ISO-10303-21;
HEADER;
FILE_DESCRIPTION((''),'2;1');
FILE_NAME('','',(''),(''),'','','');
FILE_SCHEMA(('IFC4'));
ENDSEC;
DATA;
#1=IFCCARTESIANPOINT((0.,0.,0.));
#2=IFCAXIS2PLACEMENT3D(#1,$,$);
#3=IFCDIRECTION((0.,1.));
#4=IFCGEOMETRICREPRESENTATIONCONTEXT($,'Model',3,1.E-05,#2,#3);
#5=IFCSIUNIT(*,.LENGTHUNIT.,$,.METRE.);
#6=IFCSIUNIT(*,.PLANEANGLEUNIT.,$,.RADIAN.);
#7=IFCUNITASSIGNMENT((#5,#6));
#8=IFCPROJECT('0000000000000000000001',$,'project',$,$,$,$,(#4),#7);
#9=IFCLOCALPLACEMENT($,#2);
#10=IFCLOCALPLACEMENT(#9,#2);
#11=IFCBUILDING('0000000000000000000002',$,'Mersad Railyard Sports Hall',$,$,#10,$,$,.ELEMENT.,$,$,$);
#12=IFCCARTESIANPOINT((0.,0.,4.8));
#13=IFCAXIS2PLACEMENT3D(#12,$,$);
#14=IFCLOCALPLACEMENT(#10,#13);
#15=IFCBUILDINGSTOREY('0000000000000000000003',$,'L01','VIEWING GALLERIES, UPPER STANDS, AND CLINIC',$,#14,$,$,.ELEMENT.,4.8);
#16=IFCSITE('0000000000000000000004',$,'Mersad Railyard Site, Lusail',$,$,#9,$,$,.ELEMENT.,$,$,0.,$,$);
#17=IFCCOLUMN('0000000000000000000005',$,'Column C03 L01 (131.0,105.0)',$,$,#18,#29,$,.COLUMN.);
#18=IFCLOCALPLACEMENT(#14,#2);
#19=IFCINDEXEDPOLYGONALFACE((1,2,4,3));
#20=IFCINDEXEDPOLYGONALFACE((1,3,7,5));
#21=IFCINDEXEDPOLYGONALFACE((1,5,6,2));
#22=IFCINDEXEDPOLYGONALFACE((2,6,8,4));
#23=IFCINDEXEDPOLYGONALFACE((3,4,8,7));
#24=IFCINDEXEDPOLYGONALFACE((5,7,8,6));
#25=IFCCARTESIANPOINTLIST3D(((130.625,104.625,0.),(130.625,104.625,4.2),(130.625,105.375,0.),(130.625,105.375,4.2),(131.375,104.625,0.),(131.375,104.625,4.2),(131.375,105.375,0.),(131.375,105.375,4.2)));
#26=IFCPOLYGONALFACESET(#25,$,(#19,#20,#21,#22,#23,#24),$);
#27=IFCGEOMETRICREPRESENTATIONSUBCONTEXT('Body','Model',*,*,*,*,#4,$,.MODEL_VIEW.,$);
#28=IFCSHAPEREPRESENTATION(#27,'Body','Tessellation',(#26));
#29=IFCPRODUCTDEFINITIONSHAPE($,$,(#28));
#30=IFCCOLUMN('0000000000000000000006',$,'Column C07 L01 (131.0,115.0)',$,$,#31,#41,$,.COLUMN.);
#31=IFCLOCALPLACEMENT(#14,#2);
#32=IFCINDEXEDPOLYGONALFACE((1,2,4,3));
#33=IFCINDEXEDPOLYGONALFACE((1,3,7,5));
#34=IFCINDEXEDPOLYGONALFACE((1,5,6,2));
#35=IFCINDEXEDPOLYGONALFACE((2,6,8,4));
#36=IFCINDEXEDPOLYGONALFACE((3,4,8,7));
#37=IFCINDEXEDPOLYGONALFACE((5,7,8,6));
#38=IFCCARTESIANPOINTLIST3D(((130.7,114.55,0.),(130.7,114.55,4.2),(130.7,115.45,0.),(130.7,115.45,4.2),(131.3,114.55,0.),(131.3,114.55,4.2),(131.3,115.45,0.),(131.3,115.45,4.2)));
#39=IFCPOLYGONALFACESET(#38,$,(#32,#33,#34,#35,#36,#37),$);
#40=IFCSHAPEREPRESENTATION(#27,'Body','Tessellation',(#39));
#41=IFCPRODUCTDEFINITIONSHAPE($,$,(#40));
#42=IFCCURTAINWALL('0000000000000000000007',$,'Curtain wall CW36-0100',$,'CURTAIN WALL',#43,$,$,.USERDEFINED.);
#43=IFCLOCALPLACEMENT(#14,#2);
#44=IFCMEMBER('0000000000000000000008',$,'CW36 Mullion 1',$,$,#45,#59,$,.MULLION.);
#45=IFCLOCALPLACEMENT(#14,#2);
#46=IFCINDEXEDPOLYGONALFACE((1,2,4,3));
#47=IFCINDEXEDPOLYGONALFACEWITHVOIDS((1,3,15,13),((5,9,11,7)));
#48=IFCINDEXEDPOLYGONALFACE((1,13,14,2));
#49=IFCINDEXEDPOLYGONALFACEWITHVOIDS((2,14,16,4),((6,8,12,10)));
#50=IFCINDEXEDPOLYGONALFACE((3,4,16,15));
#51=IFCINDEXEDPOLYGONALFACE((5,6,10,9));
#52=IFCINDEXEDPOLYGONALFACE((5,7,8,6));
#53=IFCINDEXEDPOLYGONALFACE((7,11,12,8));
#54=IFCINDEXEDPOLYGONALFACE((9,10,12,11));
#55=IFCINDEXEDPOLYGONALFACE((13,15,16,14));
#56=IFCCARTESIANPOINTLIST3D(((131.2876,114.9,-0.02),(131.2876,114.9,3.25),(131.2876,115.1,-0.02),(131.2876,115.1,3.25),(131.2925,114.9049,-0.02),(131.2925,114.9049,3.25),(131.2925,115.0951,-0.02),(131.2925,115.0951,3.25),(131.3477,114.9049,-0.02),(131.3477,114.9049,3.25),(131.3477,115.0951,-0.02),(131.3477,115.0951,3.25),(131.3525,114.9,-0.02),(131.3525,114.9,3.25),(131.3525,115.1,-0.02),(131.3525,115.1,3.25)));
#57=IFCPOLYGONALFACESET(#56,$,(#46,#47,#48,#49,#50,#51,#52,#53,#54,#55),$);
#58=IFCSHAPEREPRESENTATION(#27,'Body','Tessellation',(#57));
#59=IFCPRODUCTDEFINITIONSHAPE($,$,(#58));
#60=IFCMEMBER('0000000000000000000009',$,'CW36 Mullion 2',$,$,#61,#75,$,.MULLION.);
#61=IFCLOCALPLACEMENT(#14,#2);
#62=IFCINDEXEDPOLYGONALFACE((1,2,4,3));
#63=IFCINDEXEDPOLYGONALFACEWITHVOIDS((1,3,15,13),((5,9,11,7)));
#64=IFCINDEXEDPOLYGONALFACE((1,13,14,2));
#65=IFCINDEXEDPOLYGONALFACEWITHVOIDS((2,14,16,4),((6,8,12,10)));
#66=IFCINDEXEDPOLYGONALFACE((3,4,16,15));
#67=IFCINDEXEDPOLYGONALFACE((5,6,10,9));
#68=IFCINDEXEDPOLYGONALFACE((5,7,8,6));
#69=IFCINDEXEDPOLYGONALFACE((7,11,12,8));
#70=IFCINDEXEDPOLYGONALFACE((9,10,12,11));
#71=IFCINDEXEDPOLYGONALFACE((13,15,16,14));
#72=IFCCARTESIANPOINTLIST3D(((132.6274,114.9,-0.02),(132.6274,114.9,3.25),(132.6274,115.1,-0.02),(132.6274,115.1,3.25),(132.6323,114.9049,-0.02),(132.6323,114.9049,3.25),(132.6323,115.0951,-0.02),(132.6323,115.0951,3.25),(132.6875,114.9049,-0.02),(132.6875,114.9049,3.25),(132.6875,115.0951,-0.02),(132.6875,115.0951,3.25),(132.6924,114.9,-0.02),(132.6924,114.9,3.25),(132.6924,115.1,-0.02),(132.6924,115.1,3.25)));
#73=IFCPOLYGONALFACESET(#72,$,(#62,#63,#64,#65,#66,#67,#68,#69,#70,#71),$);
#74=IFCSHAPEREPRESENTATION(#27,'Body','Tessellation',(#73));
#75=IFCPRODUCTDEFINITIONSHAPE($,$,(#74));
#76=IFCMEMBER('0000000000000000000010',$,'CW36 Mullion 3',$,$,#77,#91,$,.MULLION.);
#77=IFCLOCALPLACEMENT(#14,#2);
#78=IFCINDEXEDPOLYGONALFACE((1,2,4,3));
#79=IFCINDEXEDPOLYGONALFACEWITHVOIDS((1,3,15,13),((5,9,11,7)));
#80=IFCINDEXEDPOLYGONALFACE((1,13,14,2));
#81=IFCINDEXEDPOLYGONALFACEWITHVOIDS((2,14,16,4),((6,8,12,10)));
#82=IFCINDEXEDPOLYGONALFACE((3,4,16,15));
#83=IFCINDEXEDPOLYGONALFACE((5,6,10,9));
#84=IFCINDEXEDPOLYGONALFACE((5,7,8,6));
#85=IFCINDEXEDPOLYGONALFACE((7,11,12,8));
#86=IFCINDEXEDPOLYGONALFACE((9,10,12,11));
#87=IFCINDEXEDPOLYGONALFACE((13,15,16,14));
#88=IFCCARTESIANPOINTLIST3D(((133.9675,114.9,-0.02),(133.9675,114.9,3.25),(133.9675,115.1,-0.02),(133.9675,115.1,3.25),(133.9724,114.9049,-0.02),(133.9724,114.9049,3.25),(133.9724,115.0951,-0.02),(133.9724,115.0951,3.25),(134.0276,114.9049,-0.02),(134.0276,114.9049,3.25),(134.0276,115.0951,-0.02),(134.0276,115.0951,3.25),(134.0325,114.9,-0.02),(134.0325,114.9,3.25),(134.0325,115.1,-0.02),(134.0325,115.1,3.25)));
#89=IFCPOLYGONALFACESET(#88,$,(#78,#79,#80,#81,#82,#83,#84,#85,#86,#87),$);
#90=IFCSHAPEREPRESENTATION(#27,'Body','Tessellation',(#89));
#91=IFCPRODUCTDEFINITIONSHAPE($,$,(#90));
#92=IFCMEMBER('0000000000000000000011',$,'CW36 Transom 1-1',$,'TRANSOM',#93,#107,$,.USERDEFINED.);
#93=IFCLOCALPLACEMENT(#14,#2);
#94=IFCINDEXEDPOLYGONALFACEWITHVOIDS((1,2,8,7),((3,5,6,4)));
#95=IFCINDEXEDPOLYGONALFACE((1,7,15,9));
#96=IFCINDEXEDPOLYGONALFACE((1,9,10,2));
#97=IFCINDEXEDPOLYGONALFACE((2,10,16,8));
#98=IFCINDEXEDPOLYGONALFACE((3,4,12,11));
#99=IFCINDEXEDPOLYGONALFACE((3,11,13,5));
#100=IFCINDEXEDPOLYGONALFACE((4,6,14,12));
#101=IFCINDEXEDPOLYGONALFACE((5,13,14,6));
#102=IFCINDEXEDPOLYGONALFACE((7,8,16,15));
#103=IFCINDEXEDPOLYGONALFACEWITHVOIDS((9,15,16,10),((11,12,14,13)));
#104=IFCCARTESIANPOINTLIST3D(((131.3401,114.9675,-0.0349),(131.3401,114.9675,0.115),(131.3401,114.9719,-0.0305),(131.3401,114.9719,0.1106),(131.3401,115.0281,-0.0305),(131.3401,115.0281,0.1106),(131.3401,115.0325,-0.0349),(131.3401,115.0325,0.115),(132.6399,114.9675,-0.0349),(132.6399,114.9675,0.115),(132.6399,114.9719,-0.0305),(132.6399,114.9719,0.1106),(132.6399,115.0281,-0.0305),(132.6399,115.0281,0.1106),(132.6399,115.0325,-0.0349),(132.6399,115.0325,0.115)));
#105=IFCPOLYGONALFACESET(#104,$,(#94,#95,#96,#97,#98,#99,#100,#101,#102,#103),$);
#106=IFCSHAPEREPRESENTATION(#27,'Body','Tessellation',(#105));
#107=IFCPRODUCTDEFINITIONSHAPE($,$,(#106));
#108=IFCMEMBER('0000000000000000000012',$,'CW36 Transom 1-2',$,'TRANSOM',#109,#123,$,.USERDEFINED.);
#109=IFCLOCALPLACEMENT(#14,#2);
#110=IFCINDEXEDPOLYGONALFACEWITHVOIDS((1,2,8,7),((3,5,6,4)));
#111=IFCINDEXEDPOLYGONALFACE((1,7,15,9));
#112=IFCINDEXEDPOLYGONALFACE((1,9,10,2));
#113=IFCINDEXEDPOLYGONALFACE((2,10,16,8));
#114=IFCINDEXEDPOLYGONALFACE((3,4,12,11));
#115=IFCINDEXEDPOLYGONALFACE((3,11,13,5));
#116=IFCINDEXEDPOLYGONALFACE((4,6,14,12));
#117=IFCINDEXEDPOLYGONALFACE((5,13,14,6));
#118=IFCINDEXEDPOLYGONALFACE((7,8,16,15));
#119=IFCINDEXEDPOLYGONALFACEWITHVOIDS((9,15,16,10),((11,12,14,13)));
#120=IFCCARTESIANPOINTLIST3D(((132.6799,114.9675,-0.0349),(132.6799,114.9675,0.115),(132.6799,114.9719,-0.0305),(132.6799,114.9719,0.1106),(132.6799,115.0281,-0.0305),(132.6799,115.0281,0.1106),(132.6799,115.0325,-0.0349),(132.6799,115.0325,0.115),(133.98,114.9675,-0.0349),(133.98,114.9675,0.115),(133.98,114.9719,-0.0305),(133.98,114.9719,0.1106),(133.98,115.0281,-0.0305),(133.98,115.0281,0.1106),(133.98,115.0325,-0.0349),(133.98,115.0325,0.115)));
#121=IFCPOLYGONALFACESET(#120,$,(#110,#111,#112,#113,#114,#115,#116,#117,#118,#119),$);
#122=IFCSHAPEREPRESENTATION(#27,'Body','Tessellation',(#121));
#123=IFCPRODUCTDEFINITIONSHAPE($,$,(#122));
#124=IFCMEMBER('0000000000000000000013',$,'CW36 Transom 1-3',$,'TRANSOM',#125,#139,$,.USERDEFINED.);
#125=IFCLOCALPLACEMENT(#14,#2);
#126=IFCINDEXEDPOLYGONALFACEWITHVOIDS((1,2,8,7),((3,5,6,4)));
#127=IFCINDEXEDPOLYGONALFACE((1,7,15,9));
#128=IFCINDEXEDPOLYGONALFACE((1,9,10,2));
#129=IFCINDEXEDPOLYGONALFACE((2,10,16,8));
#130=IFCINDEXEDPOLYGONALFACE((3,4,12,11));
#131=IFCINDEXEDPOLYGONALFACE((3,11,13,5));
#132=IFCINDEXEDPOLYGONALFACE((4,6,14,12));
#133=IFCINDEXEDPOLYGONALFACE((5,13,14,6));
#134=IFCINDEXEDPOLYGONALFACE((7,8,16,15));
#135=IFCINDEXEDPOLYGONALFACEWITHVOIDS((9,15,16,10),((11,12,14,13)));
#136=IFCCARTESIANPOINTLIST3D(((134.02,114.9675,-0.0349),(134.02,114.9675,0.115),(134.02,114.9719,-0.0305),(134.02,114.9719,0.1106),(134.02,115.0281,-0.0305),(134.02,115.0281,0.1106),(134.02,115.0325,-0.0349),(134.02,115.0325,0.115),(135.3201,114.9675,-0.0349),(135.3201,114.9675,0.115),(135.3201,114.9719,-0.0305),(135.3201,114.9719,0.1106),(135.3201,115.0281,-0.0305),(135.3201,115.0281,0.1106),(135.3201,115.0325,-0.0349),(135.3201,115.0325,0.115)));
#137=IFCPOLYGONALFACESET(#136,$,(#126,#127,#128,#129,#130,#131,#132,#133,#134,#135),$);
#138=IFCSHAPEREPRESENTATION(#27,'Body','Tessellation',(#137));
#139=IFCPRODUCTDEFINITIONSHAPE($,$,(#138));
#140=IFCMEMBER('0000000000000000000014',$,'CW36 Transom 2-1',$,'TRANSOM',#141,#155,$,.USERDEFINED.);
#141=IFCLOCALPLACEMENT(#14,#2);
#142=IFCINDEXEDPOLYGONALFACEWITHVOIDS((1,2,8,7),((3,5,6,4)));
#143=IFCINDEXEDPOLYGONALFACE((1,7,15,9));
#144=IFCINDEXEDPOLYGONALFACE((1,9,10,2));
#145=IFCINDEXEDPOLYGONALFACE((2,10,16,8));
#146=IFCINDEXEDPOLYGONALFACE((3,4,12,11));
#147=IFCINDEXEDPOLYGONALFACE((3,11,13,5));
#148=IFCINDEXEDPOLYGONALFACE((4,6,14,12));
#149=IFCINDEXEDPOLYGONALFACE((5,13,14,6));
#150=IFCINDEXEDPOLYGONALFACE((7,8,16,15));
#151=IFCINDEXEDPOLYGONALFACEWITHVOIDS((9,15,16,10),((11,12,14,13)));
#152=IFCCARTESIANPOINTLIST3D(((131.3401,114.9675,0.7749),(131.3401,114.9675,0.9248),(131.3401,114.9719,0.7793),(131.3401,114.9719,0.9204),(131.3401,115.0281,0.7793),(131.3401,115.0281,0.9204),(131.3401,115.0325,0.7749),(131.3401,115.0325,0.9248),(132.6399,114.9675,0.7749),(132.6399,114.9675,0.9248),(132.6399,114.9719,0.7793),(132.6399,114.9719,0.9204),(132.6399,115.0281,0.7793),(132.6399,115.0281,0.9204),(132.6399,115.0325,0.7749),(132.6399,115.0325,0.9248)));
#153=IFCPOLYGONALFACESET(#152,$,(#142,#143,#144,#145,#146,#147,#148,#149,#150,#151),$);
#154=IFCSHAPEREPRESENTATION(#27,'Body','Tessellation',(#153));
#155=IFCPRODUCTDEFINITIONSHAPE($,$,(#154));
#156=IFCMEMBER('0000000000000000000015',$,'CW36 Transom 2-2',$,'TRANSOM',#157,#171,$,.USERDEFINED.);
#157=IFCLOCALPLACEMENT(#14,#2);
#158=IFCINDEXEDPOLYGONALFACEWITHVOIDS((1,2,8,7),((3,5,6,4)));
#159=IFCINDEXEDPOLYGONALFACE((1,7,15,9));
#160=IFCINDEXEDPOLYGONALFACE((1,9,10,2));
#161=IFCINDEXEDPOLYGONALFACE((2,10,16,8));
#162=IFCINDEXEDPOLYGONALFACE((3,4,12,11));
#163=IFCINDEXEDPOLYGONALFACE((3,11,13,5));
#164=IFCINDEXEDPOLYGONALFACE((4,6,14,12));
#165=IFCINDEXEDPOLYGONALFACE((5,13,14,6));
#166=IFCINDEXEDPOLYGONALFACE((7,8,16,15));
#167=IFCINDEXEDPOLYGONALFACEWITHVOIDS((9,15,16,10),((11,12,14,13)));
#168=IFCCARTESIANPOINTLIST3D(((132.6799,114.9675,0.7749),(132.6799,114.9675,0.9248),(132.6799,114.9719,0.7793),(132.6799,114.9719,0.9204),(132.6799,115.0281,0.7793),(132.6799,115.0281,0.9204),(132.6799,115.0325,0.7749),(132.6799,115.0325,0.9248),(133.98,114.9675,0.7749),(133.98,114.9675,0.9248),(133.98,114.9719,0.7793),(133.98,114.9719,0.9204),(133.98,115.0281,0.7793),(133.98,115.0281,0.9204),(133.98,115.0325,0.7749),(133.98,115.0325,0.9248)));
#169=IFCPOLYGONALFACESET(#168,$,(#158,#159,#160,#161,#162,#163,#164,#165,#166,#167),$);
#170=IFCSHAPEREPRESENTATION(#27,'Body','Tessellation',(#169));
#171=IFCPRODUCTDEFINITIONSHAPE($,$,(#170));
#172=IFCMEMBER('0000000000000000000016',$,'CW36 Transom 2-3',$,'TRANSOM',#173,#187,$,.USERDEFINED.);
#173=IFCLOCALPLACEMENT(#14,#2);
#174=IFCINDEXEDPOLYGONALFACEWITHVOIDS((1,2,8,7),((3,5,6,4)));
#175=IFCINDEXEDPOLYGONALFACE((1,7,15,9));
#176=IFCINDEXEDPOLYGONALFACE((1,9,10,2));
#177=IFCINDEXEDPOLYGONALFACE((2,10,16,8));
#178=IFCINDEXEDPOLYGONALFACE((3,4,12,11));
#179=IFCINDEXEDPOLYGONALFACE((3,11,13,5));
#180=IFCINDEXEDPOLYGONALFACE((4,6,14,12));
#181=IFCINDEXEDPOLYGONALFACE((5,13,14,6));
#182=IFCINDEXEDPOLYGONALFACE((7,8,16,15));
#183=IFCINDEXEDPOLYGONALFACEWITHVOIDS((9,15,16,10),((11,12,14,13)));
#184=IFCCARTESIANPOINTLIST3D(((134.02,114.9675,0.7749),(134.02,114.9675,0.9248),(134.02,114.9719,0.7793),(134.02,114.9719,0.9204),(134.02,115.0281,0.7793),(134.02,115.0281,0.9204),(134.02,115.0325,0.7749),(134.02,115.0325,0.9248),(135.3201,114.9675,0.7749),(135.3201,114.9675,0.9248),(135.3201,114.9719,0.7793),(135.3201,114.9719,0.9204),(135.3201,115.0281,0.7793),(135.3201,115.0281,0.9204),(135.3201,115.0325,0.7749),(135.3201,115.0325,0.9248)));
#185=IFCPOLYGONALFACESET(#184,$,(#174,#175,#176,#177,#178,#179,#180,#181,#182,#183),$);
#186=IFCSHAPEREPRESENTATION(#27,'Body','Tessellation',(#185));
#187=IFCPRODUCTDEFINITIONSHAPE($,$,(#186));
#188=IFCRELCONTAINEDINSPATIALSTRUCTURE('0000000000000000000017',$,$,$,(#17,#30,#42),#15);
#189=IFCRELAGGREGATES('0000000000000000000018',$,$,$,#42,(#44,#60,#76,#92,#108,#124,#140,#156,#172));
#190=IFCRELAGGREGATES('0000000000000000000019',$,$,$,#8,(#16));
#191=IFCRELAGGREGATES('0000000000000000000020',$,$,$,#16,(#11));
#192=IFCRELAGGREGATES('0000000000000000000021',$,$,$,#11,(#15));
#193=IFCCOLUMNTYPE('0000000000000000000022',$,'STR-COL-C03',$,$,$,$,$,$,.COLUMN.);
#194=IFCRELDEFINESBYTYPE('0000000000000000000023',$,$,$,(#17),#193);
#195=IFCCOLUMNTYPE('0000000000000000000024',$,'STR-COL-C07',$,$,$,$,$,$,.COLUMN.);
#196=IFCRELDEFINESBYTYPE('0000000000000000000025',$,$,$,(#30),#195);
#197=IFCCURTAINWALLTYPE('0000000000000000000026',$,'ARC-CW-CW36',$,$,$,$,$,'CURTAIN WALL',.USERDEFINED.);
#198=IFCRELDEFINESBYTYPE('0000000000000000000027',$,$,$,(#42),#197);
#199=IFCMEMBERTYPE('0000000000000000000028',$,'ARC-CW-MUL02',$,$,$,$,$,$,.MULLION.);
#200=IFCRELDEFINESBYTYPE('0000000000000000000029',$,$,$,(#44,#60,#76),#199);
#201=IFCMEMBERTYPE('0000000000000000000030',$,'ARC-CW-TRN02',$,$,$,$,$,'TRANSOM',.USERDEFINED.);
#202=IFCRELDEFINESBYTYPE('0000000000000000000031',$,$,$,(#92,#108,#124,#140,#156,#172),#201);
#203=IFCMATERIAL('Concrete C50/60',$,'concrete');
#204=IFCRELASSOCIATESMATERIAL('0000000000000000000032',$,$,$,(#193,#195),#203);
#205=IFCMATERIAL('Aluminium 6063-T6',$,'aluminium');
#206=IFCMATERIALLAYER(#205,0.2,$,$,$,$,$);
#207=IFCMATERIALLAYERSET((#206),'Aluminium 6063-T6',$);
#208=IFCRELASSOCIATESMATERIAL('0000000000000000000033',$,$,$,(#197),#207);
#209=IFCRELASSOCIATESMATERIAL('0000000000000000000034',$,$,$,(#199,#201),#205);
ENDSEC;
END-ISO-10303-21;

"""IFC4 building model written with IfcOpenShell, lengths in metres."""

from ifc_helpers import new_model, si_unit, direction, frame, origin, origin_2d, place, context, subcontext, project, spatial, rectangle, hollow_rectangle, extrude, material, layer, layer_set, material_profile, profile_set, type_object, element, aggregate, save


model = new_model("IFC4")

# Units and contexts
model_context = context("Model", 3, precision=1e-05, world=origin(), true_north=direction((0.0, 1.0)))
body_context = subcontext(model_context, "Body", "Model", "MODEL_VIEW")
ifc_project = project(units=[si_unit("LENGTHUNIT", "METRE"), si_unit("PLANEANGLEUNIT", "RADIAN")], contexts=[model_context])

# Site, building, storey
site_placement = place(None, origin())
site = spatial("IfcSite", under=ifc_project, at=site_placement, Name="Mersad Railyard Site, Lusail", CompositionType="ELEMENT", RefElevation=0.0)
building_placement = place(site_placement, origin())
building = spatial("IfcBuilding", under=site, at=building_placement, Name="Mersad Railyard Sports Hall", CompositionType="ELEMENT")
storey_placement = place(building_placement, frame((0.0, 0.0, 4.8)))
storey = spatial("IfcBuildingStorey", under=building, at=storey_placement, Name="L01", Description="VIEWING GALLERIES, UPPER STANDS, AND CLINIC", CompositionType="ELEMENT", Elevation=4.8)

# Columns
ifc_material_1 = material(Name="Concrete C50/60", Category="concrete")
ifc_material_profile_1 = material_profile(ifc_material_1, rectangle(XDim=0.75, YDim=0.75, at=origin_2d()), Name="RC 750x750")
ifc_profile_set_1 = profile_set([ifc_material_profile_1], Name="Concrete C50/60")
column_type_1 = type_object("IfcColumnType", Name="STR-COL-C03", PredefinedType="COLUMN", material=ifc_profile_set_1)
column_1_placement = place(storey_placement, frame((131.0, 105.0, 0.0), z_axis=(0.0, 0.0, 1.0), x_axis=(1.0, 0.0, 0.0)))
element("IfcColumn", 1, at=column_1_placement, inside=storey, type_object=column_type_1, Name="Column C03 L01 (131.0,105.0)", PredefinedType="COLUMN", context=body_context, shape_type="SweptSolid", body=[
    extrude(rectangle(XDim=0.75, YDim=0.75, at=origin_2d()), origin(), (0.0, 0.0, 1.0), 4.2),
])
ifc_material_profile_2 = material_profile(ifc_material_1, rectangle(XDim=0.6001, YDim=0.8999, at=origin_2d()), Name="RC 600x900")
ifc_profile_set_2 = profile_set([ifc_material_profile_2], Name="Concrete C50/60")
column_type_2 = type_object("IfcColumnType", Name="STR-COL-C07", PredefinedType="COLUMN", material=ifc_profile_set_2)
column_2_placement = place(storey_placement, frame((131.0, 115.0, 0.0), z_axis=(0.0, 0.0, 1.0), x_axis=(1.0, 0.0, 0.0)))
element("IfcColumn", 2, at=column_2_placement, inside=storey, type_object=column_type_2, Name="Column C07 L01 (131.0,115.0)", PredefinedType="COLUMN", context=body_context, shape_type="SweptSolid", body=[
    extrude(rectangle(XDim=0.6001, YDim=0.8999, at=origin_2d()), origin(), (0.0, 0.0, 1.0), 4.2),
])

# Curtain wall, members
ifc_material_2 = material(Name="Aluminium 6063-T6", Category="aluminium")
ifc_layer_1 = layer(ifc_material_2, 0.2)
ifc_layer_set_1 = layer_set([ifc_layer_1], Name="Aluminium 6063-T6")
curtain_wall_type = type_object("IfcCurtainWallType", Name="ARC-CW-CW36", ElementType="CURTAIN WALL", PredefinedType="USERDEFINED", material=ifc_layer_set_1)
curtain_wall_placement = place(storey_placement, origin())
curtain_wall = element("IfcCurtainWall", 3, at=curtain_wall_placement, inside=storey, type_object=curtain_wall_type, Name="Curtain wall CW36-0100", ObjectType="CURTAIN WALL", PredefinedType="USERDEFINED")
ifc_material_profile_3 = material_profile(ifc_material_2, hollow_rectangle(XDim=0.0649, YDim=0.2, WallThickness=0.0049, at=origin_2d()), Name="AL MULLION 65x200x5")
ifc_profile_set_3 = profile_set([ifc_material_profile_3], Name="Aluminium 6063-T6")
member_type_1 = type_object("IfcMemberType", Name="ARC-CW-MUL02", PredefinedType="MULLION", material=ifc_profile_set_3)
member_1_placement = place(storey_placement, frame((131.3201, 115.0, -0.02), z_axis=(0.0, 0.0, 1.0), x_axis=(1.0, 0.0, 0.0)))
member_1 = element("IfcMember", 4, at=member_1_placement, type_object=member_type_1, Name="CW36 Mullion 1", PredefinedType="MULLION", context=body_context, shape_type="SweptSolid", body=[
    extrude(hollow_rectangle(XDim=0.0649, YDim=0.2, WallThickness=0.0049, at=origin_2d()), origin(), (0.0, 0.0, 1.0), 3.27),
])
member_2_placement = place(storey_placement, frame((132.6599, 115.0, -0.02), z_axis=(0.0, 0.0, 1.0), x_axis=(1.0, 0.0, 0.0)))
member_2 = element("IfcMember", 5, at=member_2_placement, type_object=member_type_1, Name="CW36 Mullion 2", PredefinedType="MULLION", context=body_context, shape_type="SweptSolid", body=[
    extrude(hollow_rectangle(XDim=0.0649, YDim=0.2, WallThickness=0.0049, at=origin_2d()), origin(), (0.0, 0.0, 1.0), 3.27),
])
member_3_placement = place(storey_placement, frame((134.0, 115.0, -0.02), z_axis=(0.0, 0.0, 1.0), x_axis=(1.0, 0.0, 0.0)))
member_3 = element("IfcMember", 6, at=member_3_placement, type_object=member_type_1, Name="CW36 Mullion 3", PredefinedType="MULLION", context=body_context, shape_type="SweptSolid", body=[
    extrude(hollow_rectangle(XDim=0.0649, YDim=0.2, WallThickness=0.0049, at=origin_2d()), origin(), (0.0, 0.0, 1.0), 3.27),
])
ifc_material_profile_4 = material_profile(ifc_material_2, hollow_rectangle(XDim=0.0649, YDim=0.1499, WallThickness=0.0044, at=origin_2d()), Name="AL TRANSOM 65x150x4.5")
ifc_profile_set_4 = profile_set([ifc_material_profile_4], Name="Aluminium 6063-T6")
member_type_2 = type_object("IfcMemberType", Name="ARC-CW-TRN02", ElementType="TRANSOM", PredefinedType="USERDEFINED", material=ifc_profile_set_4)
member_4_placement = place(storey_placement, frame((131.3401, 115.0, 0.04), z_axis=(1.0, 0.0, 0.0), x_axis=(0.0, 1.0, 0.0)))
member_4 = element("IfcMember", 7, at=member_4_placement, type_object=member_type_2, Name="CW36 Transom 1-1", ObjectType="TRANSOM", PredefinedType="USERDEFINED", context=body_context, shape_type="SweptSolid", body=[
    extrude(hollow_rectangle(XDim=0.0649, YDim=0.1499, WallThickness=0.0044, at=origin_2d()), origin(), (0.0, 0.0, 1.0), 1.2998),
])
member_5_placement = place(storey_placement, frame((132.6799, 115.0, 0.04), z_axis=(1.0, 0.0, 0.0), x_axis=(0.0, 1.0, 0.0)))
member_5 = element("IfcMember", 8, at=member_5_placement, type_object=member_type_2, Name="CW36 Transom 1-2", ObjectType="TRANSOM", PredefinedType="USERDEFINED", context=body_context, shape_type="SweptSolid", body=[
    extrude(hollow_rectangle(XDim=0.0649, YDim=0.1499, WallThickness=0.0044, at=origin_2d()), origin(), (0.0, 0.0, 1.0), 1.3),
])
member_6_placement = place(storey_placement, frame((134.02, 115.0, 0.04), z_axis=(1.0, 0.0, 0.0), x_axis=(0.0, 1.0, 0.0)))
member_6 = element("IfcMember", 9, at=member_6_placement, type_object=member_type_2, Name="CW36 Transom 1-3", ObjectType="TRANSOM", PredefinedType="USERDEFINED", context=body_context, shape_type="SweptSolid", body=[
    extrude(hollow_rectangle(XDim=0.0649, YDim=0.1499, WallThickness=0.0044, at=origin_2d()), origin(), (0.0, 0.0, 1.0), 1.3),
])
member_7_placement = place(storey_placement, frame((131.3401, 115.0, 0.8499), z_axis=(1.0, 0.0, 0.0), x_axis=(0.0, 1.0, 0.0)))
member_7 = element("IfcMember", 10, at=member_7_placement, type_object=member_type_2, Name="CW36 Transom 2-1", ObjectType="TRANSOM", PredefinedType="USERDEFINED", context=body_context, shape_type="SweptSolid", body=[
    extrude(hollow_rectangle(XDim=0.0649, YDim=0.1499, WallThickness=0.0044, at=origin_2d()), origin(), (0.0, 0.0, 1.0), 1.2998),
])
member_8_placement = place(storey_placement, frame((132.6799, 115.0, 0.8499), z_axis=(1.0, 0.0, 0.0), x_axis=(0.0, 1.0, 0.0)))
member_8 = element("IfcMember", 11, at=member_8_placement, type_object=member_type_2, Name="CW36 Transom 2-2", ObjectType="TRANSOM", PredefinedType="USERDEFINED", context=body_context, shape_type="SweptSolid", body=[
    extrude(hollow_rectangle(XDim=0.0649, YDim=0.1499, WallThickness=0.0044, at=origin_2d()), origin(), (0.0, 0.0, 1.0), 1.3),
])
member_9_placement = place(storey_placement, frame((134.02, 115.0, 0.8499), z_axis=(1.0, 0.0, 0.0), x_axis=(0.0, 1.0, 0.0)))
member_9 = element("IfcMember", 12, at=member_9_placement, type_object=member_type_2, Name="CW36 Transom 2-3", ObjectType="TRANSOM", PredefinedType="USERDEFINED", context=body_context, shape_type="SweptSolid", body=[
    extrude(hollow_rectangle(XDim=0.0649, YDim=0.1499, WallThickness=0.0044, at=origin_2d()), origin(), (0.0, 0.0, 1.0), 1.3),
])

aggregate(curtain_wall, [member_1, member_2, member_3, member_4, member_5, member_6, member_7, member_8, member_9])

save(model, "model.ifc")
